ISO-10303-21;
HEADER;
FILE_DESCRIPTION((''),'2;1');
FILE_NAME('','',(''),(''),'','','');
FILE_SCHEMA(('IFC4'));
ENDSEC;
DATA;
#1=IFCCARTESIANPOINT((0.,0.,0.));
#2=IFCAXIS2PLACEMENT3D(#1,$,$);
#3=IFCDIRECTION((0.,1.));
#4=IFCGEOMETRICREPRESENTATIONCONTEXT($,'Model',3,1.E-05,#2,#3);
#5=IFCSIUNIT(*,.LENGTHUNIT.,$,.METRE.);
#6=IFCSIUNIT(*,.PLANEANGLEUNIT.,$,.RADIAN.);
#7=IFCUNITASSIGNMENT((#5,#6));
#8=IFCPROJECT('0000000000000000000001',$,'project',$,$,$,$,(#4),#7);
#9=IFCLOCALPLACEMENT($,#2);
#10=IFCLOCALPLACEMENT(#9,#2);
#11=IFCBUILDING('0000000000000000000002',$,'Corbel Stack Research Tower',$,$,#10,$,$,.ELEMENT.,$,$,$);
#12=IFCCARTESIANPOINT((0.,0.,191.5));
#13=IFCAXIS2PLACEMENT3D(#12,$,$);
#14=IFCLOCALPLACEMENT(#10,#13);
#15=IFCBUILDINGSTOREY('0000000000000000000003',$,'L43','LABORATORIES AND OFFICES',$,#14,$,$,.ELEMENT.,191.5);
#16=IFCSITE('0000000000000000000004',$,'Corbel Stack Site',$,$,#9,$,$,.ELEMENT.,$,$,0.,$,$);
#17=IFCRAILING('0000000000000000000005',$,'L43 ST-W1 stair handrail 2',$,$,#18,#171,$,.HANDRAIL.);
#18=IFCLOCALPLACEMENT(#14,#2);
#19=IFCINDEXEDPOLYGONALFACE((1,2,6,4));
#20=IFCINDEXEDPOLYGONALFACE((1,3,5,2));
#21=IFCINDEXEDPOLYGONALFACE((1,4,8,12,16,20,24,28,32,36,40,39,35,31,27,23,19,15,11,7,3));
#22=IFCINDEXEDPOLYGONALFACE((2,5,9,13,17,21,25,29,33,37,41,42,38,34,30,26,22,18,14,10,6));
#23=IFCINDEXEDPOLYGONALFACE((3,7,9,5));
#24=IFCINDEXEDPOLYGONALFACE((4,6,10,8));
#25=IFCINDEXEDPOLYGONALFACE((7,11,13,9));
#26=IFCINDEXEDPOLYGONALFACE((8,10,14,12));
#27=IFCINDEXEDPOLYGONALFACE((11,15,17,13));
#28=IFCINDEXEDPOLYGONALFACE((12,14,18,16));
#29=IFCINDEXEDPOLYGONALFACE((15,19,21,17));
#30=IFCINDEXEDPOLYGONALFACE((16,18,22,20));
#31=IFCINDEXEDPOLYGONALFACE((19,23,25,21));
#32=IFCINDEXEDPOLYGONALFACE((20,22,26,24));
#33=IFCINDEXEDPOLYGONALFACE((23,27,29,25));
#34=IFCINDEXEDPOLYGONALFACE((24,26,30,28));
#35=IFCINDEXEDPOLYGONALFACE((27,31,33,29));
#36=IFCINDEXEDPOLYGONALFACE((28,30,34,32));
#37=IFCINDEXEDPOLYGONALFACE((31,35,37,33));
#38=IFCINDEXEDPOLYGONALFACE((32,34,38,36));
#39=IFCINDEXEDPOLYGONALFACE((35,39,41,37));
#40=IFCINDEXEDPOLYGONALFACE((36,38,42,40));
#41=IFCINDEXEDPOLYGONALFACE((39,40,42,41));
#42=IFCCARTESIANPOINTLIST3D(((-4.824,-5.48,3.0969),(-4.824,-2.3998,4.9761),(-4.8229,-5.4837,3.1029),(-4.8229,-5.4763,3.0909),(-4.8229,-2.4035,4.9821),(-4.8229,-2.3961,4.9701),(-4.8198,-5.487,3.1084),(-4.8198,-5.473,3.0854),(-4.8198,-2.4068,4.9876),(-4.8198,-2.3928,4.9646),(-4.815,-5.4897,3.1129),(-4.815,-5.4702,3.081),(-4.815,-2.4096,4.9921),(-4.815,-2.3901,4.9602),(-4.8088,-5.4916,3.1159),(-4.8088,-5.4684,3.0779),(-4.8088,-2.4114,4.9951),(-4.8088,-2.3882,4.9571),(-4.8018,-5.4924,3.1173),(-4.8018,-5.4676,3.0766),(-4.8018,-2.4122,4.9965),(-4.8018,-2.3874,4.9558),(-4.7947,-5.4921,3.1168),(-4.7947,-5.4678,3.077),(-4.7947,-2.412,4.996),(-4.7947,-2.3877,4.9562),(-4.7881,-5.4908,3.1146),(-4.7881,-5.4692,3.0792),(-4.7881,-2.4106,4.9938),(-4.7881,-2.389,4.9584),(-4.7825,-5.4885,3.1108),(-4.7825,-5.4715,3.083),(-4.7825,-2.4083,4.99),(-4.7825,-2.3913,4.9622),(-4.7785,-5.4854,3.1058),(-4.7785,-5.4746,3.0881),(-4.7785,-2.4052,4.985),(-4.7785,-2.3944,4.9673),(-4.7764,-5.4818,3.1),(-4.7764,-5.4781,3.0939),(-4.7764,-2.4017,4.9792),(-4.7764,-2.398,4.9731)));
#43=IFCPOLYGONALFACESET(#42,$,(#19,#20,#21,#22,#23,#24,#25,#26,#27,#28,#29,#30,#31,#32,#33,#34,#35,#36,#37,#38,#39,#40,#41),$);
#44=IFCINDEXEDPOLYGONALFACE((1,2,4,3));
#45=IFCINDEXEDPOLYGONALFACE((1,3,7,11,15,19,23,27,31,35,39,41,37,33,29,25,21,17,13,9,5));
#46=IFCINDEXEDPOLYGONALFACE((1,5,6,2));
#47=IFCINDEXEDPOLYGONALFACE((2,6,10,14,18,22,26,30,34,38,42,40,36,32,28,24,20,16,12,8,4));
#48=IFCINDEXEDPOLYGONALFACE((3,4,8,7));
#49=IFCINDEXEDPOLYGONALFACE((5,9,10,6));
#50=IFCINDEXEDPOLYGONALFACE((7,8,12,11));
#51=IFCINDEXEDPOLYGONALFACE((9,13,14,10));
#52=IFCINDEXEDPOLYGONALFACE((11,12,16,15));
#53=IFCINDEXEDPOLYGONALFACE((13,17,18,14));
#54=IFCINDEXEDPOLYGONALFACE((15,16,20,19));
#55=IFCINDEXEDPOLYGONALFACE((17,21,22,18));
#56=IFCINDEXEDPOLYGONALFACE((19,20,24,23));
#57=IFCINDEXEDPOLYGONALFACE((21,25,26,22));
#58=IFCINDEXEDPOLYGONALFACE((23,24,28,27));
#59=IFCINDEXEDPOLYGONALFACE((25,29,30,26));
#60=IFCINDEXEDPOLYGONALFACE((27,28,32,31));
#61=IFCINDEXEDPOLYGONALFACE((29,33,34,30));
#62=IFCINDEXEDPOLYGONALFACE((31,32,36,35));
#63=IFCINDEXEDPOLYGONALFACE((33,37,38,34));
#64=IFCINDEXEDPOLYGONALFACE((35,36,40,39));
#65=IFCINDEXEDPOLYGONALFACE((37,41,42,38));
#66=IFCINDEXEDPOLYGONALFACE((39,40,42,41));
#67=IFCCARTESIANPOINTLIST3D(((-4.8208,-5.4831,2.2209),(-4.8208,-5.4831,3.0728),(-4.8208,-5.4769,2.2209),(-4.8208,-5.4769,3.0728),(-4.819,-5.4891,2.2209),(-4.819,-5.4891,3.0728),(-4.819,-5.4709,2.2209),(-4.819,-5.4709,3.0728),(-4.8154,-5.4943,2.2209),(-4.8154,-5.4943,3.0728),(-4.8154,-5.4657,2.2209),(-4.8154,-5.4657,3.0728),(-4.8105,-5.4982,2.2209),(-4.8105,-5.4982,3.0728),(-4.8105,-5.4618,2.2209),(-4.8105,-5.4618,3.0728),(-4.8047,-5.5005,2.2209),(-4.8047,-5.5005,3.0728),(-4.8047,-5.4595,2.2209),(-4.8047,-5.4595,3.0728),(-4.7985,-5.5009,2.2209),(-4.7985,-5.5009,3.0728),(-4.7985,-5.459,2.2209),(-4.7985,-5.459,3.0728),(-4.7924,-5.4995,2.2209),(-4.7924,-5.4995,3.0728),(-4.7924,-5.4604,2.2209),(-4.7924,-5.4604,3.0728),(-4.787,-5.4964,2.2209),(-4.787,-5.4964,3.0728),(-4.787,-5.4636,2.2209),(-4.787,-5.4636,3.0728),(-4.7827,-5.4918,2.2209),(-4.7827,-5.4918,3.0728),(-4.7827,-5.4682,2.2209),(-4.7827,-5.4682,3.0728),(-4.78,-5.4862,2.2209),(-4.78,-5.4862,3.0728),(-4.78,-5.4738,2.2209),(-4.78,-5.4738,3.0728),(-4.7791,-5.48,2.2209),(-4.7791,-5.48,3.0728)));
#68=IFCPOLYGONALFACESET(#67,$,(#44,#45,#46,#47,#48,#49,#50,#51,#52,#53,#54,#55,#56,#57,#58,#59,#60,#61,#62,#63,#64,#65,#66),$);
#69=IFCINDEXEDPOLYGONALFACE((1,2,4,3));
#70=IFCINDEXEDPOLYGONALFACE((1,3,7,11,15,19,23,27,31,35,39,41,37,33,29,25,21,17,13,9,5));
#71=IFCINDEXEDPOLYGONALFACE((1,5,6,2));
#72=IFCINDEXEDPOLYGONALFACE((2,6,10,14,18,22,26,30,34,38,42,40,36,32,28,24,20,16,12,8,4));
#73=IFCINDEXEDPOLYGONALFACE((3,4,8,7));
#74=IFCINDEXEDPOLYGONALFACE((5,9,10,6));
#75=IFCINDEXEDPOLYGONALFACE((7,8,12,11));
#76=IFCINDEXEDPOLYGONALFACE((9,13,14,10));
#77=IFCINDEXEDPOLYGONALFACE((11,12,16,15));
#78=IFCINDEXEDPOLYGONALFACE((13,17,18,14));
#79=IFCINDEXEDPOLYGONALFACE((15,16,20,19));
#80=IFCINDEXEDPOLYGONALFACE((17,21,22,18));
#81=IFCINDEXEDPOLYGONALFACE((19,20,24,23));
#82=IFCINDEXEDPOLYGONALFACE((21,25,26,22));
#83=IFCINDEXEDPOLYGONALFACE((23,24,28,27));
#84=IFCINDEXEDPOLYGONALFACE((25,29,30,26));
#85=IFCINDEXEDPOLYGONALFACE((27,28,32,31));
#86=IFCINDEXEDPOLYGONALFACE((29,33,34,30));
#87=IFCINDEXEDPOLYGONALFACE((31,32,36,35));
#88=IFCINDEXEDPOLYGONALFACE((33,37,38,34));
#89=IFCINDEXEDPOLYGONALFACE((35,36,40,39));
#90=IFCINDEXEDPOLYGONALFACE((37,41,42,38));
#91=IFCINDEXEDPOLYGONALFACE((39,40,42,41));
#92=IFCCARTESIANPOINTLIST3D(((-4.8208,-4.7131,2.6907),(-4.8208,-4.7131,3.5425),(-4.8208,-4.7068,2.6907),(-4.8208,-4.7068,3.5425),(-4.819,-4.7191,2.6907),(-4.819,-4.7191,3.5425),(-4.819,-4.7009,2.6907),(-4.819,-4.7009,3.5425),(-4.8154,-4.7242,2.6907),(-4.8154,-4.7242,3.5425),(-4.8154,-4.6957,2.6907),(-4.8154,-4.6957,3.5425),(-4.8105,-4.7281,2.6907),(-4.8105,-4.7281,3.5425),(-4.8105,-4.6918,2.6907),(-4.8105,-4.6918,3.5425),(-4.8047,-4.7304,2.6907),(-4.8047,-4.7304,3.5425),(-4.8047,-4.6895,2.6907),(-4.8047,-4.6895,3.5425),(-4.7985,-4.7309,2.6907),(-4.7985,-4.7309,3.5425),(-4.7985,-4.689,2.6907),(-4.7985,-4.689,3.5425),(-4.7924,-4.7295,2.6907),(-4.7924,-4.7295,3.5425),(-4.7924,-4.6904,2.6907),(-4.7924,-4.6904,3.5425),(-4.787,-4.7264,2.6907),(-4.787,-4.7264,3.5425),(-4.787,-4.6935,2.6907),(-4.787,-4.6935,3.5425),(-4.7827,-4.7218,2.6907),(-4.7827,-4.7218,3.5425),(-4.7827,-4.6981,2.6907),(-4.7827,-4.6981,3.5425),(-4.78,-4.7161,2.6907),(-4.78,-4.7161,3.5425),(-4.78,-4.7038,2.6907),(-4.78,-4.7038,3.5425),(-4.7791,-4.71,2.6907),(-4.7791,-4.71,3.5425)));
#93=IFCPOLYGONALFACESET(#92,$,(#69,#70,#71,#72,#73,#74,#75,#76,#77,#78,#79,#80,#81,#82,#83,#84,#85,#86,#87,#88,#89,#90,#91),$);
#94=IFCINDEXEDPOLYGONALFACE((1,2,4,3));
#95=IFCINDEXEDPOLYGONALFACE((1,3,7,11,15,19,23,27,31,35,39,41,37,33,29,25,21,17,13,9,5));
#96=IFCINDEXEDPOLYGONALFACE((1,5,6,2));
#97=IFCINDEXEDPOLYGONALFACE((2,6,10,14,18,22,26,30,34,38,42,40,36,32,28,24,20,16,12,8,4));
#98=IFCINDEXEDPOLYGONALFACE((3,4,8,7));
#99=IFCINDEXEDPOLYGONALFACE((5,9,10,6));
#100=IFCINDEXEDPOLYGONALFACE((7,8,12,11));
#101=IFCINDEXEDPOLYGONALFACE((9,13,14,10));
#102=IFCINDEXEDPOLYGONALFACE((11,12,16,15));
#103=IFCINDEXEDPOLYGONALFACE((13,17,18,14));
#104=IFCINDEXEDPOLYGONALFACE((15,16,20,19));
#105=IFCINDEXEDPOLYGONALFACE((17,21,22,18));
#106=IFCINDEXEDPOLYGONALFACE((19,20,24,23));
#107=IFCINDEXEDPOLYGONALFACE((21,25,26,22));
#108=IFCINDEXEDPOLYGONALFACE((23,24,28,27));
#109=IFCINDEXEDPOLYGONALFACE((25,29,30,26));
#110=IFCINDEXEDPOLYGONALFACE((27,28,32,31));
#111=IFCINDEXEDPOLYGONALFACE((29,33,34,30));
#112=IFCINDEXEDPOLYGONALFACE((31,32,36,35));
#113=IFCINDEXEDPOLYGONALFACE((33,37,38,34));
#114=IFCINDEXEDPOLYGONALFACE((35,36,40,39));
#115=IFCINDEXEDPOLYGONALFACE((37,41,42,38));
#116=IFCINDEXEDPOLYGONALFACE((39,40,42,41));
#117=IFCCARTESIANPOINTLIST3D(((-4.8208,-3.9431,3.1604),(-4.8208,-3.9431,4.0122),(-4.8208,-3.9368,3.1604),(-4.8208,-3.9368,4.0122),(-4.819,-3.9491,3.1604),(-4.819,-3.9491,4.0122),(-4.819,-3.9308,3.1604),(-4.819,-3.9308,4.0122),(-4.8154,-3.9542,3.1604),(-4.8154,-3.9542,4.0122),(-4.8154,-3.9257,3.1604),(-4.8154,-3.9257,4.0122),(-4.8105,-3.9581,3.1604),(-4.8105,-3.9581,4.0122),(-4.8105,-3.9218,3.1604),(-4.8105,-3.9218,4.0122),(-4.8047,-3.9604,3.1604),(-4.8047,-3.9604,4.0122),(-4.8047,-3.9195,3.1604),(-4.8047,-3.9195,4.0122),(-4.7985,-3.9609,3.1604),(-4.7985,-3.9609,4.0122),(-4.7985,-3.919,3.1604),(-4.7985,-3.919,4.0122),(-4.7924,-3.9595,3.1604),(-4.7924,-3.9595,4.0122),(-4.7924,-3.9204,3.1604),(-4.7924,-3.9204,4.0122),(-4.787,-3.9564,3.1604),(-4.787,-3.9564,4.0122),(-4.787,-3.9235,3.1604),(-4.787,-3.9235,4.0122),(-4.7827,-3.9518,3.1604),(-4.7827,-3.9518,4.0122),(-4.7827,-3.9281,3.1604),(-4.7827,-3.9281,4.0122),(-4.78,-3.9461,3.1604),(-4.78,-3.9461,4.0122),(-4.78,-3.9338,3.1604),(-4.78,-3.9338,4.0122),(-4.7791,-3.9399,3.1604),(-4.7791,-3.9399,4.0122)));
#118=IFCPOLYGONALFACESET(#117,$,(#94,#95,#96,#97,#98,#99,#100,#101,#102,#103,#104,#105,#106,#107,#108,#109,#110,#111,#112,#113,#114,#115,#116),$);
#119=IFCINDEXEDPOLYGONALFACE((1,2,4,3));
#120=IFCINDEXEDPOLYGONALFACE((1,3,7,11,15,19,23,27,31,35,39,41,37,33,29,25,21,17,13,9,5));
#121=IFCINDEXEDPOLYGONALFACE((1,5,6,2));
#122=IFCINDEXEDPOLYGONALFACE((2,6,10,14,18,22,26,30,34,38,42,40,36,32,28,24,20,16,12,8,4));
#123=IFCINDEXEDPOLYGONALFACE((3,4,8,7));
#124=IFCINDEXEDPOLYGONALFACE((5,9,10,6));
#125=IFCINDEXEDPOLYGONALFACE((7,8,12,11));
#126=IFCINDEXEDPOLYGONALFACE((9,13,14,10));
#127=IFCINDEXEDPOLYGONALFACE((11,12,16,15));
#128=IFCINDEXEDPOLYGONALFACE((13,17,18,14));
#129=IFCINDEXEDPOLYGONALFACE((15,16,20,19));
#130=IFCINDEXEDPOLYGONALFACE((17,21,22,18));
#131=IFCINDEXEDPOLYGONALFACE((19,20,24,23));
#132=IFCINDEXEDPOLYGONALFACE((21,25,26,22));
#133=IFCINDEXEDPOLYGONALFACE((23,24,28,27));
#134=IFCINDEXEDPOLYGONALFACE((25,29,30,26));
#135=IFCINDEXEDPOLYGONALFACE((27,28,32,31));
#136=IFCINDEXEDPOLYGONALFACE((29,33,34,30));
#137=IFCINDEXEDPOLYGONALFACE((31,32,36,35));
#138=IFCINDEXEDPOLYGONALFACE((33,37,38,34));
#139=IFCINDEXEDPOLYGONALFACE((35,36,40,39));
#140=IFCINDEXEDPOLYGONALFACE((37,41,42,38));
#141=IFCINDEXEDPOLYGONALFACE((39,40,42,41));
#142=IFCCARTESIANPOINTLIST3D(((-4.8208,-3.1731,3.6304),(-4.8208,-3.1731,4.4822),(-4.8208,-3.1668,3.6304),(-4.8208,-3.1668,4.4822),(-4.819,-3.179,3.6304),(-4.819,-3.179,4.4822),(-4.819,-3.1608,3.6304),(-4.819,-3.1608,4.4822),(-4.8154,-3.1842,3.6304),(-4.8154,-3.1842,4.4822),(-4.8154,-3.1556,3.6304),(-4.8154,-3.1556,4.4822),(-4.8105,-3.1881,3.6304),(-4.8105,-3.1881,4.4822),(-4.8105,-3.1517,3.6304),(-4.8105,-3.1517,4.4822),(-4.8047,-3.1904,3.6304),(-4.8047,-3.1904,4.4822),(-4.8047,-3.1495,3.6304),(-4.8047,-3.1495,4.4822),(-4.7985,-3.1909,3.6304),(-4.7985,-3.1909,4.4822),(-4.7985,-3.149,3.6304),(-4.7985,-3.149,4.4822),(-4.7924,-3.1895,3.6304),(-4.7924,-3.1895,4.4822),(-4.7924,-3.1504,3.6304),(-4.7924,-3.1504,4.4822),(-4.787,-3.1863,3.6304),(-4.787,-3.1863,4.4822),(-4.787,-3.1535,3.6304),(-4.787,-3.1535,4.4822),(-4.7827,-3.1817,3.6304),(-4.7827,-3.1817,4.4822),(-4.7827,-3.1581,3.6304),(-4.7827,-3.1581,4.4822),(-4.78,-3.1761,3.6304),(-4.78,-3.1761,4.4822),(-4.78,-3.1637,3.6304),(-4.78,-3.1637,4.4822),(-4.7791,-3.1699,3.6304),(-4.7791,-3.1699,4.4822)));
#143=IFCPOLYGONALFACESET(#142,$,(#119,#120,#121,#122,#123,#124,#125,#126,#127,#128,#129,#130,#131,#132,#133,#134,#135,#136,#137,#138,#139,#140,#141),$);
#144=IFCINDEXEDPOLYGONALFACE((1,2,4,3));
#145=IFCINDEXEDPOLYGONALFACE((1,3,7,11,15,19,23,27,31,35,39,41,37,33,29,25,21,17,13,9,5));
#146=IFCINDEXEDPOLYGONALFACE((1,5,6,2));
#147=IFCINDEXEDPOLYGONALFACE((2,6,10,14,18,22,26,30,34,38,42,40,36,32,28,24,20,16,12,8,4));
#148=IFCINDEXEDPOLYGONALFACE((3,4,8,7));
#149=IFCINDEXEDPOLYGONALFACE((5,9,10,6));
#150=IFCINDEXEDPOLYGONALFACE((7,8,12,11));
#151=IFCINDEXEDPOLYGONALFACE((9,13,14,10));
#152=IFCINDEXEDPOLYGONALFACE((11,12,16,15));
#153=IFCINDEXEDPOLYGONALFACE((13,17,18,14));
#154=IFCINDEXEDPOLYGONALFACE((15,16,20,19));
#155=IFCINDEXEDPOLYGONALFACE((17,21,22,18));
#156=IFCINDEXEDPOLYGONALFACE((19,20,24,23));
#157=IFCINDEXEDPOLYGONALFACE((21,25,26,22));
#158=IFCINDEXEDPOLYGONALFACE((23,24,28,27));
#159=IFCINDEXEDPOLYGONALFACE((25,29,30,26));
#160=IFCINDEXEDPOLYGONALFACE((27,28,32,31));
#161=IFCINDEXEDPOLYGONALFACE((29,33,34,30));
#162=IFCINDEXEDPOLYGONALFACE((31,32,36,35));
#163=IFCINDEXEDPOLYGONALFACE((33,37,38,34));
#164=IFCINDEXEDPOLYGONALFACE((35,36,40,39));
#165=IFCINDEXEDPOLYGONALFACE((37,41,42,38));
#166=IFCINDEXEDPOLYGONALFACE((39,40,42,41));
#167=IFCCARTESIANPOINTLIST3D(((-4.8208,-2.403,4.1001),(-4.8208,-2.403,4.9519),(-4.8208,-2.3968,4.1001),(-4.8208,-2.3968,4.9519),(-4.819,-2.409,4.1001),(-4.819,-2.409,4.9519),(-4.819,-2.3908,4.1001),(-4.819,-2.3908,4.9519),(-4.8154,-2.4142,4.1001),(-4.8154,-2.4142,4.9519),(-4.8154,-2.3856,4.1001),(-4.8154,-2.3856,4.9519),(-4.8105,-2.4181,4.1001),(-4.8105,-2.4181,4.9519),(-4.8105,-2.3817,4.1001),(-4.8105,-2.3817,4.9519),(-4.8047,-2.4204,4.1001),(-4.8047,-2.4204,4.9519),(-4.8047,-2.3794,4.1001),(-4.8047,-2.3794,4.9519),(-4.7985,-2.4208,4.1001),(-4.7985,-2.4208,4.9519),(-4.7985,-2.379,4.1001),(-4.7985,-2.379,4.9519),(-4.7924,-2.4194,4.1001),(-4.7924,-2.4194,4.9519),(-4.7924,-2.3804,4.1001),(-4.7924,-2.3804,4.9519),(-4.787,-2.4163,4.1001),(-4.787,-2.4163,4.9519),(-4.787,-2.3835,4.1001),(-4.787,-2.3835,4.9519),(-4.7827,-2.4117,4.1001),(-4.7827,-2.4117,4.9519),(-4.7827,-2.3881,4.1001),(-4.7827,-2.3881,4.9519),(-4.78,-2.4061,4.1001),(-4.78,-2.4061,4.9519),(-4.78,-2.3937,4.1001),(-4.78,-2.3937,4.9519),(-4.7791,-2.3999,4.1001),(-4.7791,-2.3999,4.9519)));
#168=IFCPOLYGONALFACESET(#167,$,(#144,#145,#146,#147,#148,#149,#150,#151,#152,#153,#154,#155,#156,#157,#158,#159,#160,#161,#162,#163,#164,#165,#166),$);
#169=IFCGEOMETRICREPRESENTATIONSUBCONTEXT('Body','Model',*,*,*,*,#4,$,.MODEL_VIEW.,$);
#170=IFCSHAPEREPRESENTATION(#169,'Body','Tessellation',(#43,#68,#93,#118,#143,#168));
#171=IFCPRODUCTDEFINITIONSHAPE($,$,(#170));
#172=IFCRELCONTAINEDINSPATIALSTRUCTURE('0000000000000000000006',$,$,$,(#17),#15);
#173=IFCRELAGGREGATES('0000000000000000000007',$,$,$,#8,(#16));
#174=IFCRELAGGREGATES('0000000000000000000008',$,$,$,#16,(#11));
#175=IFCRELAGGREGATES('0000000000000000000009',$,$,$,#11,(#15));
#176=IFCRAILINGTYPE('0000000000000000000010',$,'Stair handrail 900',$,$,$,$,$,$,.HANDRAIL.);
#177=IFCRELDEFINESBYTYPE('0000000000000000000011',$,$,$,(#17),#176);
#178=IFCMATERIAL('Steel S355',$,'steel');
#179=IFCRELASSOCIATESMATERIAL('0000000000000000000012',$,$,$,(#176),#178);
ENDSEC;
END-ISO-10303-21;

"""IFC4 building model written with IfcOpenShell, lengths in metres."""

from ifc_helpers import new_model, si_unit, direction, frame, origin, origin_2d, place, context, subcontext, project, spatial, circle, extrude, material, type_object, element, save


model = new_model("IFC4")

# Units and contexts
model_context = context("Model", 3, precision=1e-05, world=origin(), true_north=direction((0.0, 1.0)))
body_context = subcontext(model_context, "Body", "Model", "MODEL_VIEW")
ifc_project = project(units=[si_unit("LENGTHUNIT", "METRE"), si_unit("PLANEANGLEUNIT", "RADIAN")], contexts=[model_context])

# Site, building, storey
site_placement = place(None, origin())
site = spatial("IfcSite", under=ifc_project, at=site_placement, Name="Corbel Stack Site", CompositionType="ELEMENT", RefElevation=0.0)
building_placement = place(site_placement, origin())
building = spatial("IfcBuilding", under=site, at=building_placement, Name="Corbel Stack Research Tower", CompositionType="ELEMENT")
storey_placement = place(building_placement, frame((0.0, 0.0, 191.5)))
storey = spatial("IfcBuildingStorey", under=building, at=storey_placement, Name="L43", Description="LABORATORIES AND OFFICES", CompositionType="ELEMENT", Elevation=191.5)

# Railing
ifc_material_1 = material(Name="Steel S355", Category="steel")
railing_type_1 = type_object("IfcRailingType", Name="Stair handrail 900", PredefinedType="HANDRAIL", material=ifc_material_1)
railing_1_placement = place(storey_placement, frame((-4.8, -5.48, 2.2209)))
element("IfcRailing", 1, at=railing_1_placement, inside=storey, type_object=railing_type_1, Name="L43 ST-W1 stair handrail 2", PredefinedType="HANDRAIL", context=body_context, shape_type="SweptSolid", body=[
    extrude(circle(Radius=0.0239, at=origin_2d()), frame((0.0, 0.0, 0.876), z_axis=(0.0, 0.853666, 0.52082), x_axis=(-1.0, 0.0, 0.0)), (0.0, 0.0, 1.0), 3.6082),
    extrude(circle(Radius=0.021, at=origin_2d()), origin(), (0.0, 0.0, 1.0), 0.8518),
    extrude(circle(Radius=0.021, at=origin_2d()), frame((0.0, 0.77, 0.4697)), (0.0, 0.0, 1.0), 0.8518),
    extrude(circle(Radius=0.021, at=origin_2d()), frame((0.0, 1.54, 0.9395)), (0.0, 0.0, 1.0), 0.8518),
    extrude(circle(Radius=0.021, at=origin_2d()), frame((0.0, 2.3101, 1.4094)), (0.0, 0.0, 1.0), 0.8518),
    extrude(circle(Radius=0.021, at=origin_2d()), frame((0.0, 3.0801, 1.8792)), (0.0, 0.0, 1.0), 0.8518),
])

save(model, "model.ifc")
